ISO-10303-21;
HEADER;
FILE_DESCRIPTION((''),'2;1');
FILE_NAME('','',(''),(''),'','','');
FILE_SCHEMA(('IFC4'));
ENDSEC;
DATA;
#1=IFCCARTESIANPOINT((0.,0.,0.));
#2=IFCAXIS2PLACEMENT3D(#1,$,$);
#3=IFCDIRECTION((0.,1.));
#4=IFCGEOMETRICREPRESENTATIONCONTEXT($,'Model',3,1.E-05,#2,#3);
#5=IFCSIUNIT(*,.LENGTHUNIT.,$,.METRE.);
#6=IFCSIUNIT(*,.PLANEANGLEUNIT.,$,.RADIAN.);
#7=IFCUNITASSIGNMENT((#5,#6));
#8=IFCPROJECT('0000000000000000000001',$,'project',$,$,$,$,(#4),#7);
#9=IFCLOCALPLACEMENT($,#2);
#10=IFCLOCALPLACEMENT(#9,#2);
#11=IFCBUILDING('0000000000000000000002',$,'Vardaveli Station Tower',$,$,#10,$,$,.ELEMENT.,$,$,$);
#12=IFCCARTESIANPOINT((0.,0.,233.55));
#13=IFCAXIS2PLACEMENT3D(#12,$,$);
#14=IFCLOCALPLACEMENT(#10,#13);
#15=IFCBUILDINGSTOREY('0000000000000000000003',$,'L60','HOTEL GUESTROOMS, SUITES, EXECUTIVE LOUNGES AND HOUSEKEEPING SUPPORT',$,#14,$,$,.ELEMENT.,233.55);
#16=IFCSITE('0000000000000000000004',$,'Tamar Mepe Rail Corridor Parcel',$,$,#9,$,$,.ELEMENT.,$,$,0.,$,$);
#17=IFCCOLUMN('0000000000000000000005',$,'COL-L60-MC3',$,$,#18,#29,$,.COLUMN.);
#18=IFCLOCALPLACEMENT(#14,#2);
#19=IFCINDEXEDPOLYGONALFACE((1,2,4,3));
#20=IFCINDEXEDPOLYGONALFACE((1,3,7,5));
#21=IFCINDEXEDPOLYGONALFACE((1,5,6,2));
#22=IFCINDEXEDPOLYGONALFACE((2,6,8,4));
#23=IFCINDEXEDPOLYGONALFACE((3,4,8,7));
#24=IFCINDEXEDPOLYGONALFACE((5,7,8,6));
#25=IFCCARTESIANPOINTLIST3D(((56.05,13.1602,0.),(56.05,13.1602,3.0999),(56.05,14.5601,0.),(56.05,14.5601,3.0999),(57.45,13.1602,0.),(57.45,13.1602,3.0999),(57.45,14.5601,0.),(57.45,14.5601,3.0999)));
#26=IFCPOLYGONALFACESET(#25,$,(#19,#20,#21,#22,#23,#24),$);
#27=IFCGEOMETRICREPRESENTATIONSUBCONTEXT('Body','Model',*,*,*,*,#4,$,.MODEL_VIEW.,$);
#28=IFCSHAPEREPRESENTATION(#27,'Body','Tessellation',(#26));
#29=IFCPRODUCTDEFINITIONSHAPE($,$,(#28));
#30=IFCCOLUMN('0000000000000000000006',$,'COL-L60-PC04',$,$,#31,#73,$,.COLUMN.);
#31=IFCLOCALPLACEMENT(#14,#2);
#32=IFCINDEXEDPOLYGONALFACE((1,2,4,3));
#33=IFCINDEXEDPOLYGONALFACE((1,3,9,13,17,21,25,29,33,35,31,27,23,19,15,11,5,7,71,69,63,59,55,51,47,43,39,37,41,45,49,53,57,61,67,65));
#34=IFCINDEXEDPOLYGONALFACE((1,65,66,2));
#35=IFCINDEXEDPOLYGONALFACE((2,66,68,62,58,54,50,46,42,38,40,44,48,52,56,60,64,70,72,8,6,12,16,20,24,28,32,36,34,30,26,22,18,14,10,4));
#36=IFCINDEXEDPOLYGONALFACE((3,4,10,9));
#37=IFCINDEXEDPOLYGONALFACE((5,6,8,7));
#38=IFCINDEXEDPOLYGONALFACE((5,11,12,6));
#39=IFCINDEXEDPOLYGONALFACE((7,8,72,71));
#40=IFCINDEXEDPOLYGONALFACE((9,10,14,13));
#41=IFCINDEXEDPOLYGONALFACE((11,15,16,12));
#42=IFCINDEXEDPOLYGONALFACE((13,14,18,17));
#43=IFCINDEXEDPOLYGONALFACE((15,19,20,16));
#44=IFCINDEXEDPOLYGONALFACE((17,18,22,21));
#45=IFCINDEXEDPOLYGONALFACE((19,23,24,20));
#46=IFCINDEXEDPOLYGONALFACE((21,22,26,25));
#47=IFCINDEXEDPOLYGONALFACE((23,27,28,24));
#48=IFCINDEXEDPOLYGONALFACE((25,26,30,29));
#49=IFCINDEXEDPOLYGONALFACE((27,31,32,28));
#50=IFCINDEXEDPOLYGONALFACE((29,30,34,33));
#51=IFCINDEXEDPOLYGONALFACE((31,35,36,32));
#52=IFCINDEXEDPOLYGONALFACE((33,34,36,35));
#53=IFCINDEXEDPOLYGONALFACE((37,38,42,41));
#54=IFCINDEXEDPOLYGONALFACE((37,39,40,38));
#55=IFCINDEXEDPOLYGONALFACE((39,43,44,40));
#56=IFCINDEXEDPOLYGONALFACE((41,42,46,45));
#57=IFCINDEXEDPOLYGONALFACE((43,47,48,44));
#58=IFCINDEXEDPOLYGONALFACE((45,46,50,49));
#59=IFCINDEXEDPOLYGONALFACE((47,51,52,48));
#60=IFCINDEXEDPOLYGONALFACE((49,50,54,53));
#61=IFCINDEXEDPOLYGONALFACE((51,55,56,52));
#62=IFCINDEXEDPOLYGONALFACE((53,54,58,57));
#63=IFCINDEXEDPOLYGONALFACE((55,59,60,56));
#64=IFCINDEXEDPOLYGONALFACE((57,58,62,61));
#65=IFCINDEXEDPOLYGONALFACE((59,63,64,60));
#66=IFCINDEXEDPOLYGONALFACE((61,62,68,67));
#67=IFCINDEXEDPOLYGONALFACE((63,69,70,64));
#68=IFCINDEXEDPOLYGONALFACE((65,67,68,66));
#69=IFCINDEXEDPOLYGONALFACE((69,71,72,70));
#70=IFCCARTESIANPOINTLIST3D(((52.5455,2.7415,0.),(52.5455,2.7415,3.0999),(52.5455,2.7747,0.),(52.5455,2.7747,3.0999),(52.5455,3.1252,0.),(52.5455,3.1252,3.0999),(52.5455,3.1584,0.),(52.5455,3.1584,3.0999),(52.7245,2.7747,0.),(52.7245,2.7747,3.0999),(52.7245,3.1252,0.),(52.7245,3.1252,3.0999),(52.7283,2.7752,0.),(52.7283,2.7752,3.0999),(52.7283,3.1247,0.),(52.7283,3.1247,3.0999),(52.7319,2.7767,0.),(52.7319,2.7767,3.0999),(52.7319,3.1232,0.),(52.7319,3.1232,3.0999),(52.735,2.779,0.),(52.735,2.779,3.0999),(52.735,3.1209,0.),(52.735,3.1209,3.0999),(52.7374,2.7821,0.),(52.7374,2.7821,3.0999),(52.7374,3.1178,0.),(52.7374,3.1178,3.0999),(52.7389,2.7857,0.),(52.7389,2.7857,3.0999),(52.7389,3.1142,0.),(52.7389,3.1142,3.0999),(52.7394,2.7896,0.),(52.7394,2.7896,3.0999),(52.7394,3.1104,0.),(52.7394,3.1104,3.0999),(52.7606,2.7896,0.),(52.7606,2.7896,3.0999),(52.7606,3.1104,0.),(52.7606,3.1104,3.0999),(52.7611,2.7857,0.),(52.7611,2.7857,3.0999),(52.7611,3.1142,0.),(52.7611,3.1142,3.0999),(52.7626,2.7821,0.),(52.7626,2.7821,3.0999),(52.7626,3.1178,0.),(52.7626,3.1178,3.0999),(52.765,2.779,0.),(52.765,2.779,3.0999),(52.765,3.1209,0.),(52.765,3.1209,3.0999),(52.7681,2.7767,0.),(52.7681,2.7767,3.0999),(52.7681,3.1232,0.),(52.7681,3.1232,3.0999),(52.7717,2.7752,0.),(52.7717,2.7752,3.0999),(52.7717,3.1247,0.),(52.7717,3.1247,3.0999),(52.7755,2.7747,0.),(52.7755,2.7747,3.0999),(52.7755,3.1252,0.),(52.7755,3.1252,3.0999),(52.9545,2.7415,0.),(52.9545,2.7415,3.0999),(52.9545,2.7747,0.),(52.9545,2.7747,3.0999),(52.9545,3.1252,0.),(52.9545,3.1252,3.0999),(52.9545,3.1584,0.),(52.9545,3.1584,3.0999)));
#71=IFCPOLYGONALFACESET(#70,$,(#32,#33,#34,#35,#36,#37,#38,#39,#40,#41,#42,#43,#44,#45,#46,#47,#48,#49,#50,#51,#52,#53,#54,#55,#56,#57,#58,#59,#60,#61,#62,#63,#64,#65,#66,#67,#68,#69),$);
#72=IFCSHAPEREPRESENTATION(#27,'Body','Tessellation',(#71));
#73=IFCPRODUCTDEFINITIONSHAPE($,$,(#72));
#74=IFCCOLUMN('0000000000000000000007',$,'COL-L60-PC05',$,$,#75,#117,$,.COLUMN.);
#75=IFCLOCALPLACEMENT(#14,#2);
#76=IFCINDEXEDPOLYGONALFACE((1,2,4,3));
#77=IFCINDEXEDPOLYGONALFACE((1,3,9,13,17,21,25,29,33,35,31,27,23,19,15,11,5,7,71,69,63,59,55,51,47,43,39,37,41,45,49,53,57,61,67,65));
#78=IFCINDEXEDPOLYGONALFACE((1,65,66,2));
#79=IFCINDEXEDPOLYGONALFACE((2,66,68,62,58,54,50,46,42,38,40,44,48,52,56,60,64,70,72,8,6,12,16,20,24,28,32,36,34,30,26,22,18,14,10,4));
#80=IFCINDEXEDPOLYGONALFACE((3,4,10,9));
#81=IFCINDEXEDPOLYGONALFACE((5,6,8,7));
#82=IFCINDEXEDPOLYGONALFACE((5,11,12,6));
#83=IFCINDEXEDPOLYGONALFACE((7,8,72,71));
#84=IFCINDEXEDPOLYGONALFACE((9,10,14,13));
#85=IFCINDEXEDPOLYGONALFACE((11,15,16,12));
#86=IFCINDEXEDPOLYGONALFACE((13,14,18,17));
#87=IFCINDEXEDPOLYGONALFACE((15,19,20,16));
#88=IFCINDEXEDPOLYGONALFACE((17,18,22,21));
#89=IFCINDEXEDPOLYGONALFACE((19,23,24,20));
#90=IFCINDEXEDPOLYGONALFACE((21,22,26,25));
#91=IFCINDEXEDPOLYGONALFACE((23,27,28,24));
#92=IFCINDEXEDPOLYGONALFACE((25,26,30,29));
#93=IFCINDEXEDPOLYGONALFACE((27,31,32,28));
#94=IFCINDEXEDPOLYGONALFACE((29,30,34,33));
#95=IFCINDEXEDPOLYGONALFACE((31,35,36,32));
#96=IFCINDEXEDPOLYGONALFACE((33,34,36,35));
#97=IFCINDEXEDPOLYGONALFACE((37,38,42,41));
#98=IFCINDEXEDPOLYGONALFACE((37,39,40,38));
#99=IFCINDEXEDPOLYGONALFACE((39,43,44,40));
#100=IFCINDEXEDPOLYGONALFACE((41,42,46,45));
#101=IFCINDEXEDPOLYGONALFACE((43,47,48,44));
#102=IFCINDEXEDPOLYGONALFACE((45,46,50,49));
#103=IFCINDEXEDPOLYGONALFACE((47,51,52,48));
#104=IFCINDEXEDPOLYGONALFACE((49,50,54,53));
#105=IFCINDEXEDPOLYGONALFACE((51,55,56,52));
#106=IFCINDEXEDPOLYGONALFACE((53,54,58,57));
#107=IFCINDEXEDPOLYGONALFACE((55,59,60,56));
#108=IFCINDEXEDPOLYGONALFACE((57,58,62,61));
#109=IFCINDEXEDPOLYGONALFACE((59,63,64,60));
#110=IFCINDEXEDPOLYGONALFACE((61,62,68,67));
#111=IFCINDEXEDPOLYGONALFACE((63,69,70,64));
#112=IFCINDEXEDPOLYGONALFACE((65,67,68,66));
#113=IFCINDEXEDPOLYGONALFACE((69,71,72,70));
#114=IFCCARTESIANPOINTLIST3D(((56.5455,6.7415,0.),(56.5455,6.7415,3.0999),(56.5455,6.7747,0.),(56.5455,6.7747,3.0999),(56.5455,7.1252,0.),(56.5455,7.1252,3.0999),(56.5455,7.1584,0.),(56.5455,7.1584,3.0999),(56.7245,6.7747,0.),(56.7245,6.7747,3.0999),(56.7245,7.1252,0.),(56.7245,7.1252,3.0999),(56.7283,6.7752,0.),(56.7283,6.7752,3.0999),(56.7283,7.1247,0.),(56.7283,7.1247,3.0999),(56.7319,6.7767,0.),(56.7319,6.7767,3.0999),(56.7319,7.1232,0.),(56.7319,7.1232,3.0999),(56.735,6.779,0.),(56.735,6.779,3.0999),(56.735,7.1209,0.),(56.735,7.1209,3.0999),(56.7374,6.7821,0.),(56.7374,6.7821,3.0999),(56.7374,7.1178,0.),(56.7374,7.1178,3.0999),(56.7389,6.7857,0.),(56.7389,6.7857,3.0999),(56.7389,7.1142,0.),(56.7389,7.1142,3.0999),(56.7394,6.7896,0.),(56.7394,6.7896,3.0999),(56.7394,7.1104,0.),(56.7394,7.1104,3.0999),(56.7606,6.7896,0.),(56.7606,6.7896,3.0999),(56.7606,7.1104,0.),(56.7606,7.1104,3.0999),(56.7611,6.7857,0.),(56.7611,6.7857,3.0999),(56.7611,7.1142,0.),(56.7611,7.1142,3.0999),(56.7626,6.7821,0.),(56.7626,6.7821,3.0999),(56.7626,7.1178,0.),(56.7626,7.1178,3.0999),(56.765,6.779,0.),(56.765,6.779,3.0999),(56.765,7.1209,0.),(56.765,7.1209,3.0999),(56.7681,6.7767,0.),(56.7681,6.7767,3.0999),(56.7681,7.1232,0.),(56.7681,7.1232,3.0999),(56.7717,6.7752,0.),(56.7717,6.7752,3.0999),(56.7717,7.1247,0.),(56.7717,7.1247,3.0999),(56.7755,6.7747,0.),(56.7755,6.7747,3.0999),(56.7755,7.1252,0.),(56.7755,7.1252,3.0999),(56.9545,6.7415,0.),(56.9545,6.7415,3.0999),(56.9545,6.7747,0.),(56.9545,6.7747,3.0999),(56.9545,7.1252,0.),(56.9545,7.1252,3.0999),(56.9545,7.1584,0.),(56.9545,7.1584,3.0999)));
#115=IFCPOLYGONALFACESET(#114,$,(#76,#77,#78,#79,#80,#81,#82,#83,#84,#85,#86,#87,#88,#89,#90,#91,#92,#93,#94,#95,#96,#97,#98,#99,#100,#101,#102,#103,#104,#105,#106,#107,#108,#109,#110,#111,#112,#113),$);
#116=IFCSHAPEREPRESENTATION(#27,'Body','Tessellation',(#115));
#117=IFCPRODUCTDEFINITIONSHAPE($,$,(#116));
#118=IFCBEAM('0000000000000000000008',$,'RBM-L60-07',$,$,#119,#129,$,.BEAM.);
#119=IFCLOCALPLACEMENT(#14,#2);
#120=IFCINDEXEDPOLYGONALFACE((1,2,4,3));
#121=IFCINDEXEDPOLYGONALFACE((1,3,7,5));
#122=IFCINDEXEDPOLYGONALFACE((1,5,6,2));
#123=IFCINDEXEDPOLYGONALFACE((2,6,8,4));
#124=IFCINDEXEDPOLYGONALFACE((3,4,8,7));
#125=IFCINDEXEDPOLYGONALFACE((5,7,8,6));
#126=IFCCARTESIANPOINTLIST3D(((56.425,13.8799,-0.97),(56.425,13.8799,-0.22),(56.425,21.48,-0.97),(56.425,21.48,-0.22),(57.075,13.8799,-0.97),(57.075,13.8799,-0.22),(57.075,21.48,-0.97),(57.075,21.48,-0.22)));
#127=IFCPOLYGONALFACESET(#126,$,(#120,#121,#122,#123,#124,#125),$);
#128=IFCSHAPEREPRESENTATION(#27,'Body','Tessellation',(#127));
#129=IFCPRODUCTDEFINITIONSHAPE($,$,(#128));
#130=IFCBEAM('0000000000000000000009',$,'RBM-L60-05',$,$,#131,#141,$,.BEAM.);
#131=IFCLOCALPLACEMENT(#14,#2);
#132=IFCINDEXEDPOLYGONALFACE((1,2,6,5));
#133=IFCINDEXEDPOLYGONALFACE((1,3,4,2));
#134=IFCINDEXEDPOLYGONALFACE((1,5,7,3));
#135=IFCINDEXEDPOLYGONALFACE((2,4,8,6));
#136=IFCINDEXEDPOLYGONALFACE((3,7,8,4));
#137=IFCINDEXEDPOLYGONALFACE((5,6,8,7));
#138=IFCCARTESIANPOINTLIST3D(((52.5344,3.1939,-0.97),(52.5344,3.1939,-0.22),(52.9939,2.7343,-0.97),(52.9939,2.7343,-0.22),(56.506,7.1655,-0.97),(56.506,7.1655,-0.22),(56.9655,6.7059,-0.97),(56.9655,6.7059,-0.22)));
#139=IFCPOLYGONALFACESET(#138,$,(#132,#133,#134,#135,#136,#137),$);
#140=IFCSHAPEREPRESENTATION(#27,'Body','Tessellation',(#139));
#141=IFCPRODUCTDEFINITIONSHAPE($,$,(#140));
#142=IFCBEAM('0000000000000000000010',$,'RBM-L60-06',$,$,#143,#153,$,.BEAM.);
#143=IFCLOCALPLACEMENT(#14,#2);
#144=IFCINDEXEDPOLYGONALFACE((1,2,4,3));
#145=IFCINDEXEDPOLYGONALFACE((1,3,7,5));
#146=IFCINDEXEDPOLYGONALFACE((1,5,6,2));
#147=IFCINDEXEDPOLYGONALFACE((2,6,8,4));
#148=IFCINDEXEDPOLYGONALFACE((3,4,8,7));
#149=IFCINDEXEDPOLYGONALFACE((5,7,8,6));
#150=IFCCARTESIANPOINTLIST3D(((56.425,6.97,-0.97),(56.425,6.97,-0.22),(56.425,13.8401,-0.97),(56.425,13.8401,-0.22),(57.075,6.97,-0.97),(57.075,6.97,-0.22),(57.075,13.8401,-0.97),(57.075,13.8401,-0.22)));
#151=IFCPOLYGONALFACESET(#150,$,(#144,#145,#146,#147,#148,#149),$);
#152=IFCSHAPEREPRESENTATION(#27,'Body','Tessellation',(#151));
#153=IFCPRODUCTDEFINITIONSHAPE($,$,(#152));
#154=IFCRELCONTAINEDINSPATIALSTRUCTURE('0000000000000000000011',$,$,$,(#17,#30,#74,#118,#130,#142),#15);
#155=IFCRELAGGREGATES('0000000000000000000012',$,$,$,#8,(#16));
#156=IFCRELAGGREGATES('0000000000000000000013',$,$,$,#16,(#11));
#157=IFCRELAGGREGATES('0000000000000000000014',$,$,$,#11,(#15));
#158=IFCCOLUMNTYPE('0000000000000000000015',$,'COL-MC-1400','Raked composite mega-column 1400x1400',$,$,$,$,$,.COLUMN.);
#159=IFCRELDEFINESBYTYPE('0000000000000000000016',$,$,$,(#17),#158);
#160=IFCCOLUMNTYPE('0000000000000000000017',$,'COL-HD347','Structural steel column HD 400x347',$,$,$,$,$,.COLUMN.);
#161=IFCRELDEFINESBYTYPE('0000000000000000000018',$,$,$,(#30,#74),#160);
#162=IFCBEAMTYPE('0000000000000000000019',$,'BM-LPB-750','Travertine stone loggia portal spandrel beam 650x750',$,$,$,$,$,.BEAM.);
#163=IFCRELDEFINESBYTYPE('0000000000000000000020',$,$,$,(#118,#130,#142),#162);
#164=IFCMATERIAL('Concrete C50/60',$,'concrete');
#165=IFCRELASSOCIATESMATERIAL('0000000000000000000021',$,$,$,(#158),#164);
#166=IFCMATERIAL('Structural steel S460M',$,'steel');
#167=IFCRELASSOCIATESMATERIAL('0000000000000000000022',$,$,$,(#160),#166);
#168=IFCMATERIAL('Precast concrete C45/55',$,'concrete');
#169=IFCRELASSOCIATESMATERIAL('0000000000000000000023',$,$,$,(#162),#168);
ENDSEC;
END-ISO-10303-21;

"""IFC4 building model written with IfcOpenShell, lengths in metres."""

from ifc_helpers import new_model, si_unit, direction, frame, origin, origin_2d, place, context, subcontext, project, spatial, rectangle, i_section, extrude, source, transform, mapped, material, material_profile, profile_set, type_object, element, save


model = new_model("IFC4")

# Units and contexts
model_context = context("Model", 3, precision=1e-05, world=origin(), true_north=direction((0.0, 1.0)))
body_context = subcontext(model_context, "Body", "Model", "MODEL_VIEW")
ifc_project = project(units=[si_unit("LENGTHUNIT", "METRE"), si_unit("PLANEANGLEUNIT", "RADIAN")], contexts=[model_context])

# Site, building, storey
site_placement = place(None, origin())
site = spatial("IfcSite", under=ifc_project, at=site_placement, Name="Tamar Mepe Rail Corridor Parcel", CompositionType="ELEMENT", RefElevation=0.0)
building_placement = place(site_placement, origin())
building = spatial("IfcBuilding", under=site, at=building_placement, Name="Vardaveli Station Tower", CompositionType="ELEMENT")
storey_placement = place(building_placement, frame((0.0, 0.0, 233.55)))
storey = spatial("IfcBuildingStorey", under=building, at=storey_placement, Name="L60", Description="HOTEL GUESTROOMS, SUITES, EXECUTIVE LOUNGES AND HOUSEKEEPING SUPPORT", CompositionType="ELEMENT", Elevation=233.55)

# Columns
ifc_material_1 = material(Name="Concrete C50/60", Category="concrete")
ifc_material_profile_1 = material_profile(ifc_material_1, rectangle(XDim=1.3999, YDim=1.3999, at=origin_2d()), Name="MC 1400x1400")
ifc_profile_set_1 = profile_set([ifc_material_profile_1], Name="Concrete C50/60")
column_type_1 = type_object("IfcColumnType", Name="COL-MC-1400", Description="Raked composite mega-column 1400x1400", PredefinedType="COLUMN", material=ifc_profile_set_1)
shared_shape_1 = source(origin(), body_context, "Body", "SweptSolid", [
    extrude(rectangle(XDim=1.3999, YDim=1.3999, at=origin_2d()), origin(), (0.0, 0.0, 1.0), 3.0999),
])
column_placement = place(storey_placement, frame((56.75, 13.8601, 0.0), z_axis=(0.0, 0.0, 1.0), x_axis=(1.0, 0.0, 0.0)))
element("IfcColumn", 1, at=column_placement, inside=storey, type_object=column_type_1, Name="COL-L60-MC3", PredefinedType="COLUMN", context=body_context, shape_type="MappedRepresentation", body=[
    mapped(shared_shape_1, transform((0.0, 0.0, 0.0), scale=1.0)),
])
ifc_material_2 = material(Name="Structural steel S460M", Category="steel")
ifc_material_profile_2 = material_profile(ifc_material_2, i_section(OverallWidth=0.4089, OverallDepth=0.417, WebThickness=0.0212, FlangeThickness=0.0332, FilletRadius=0.0149, at=origin_2d()), Name="HD 400x347")
ifc_profile_set_2 = profile_set([ifc_material_profile_2], Name="Structural steel S460M")
column_type_2 = type_object("IfcColumnType", Name="COL-HD347", Description="Structural steel column HD 400x347", PredefinedType="COLUMN", material=ifc_profile_set_2)
shared_shape_2 = source(origin(), body_context, "Body", "SweptSolid", [
    extrude(i_section(OverallWidth=0.4089, OverallDepth=0.417, WebThickness=0.0212, FlangeThickness=0.0332, FilletRadius=0.0149, at=origin_2d()), origin(), (0.0, 0.0, 1.0), 3.0999),
])
for number, where, z_axis, x_axis, name in (
    (2, (52.75, 2.95, 0.0), (0.0, 0.0, 1.0), (1.0, 0.0, 0.0), "COL-L60-PC04"),
    (3, (56.75, 6.95, 0.0), (0.0, 0.0, 1.0), (1.0, 0.0, 0.0), "COL-L60-PC05"),
):
    element("IfcColumn", number, at=place(storey_placement, frame(where, z_axis=z_axis, x_axis=x_axis)), inside=storey, type_object=column_type_2, Name=name, PredefinedType="COLUMN", context=body_context, shape_type="MappedRepresentation", body=[
        mapped(shared_shape_2, transform((0.0, 0.0, 0.0), scale=1.0)),
    ])

# Beams
ifc_material_3 = material(Name="Precast concrete C45/55", Category="concrete")
ifc_material_profile_3 = material_profile(ifc_material_3, rectangle(XDim=0.6499, YDim=0.75, at=origin_2d()), Name="LPB 650x750")
ifc_profile_set_3 = profile_set([ifc_material_profile_3], Name="Precast concrete C45/55")
beam_type_1 = type_object("IfcBeamType", Name="BM-LPB-750", Description="Travertine stone loggia portal spandrel beam 650x750", PredefinedType="BEAM", material=ifc_profile_set_3)
shared_shape_3 = source(origin(), body_context, "Body", "SweptSolid", [
    extrude(rectangle(XDim=0.6499, YDim=0.75, at=origin_2d()), origin(), (0.0, 0.0, 1.0), 7.6001),
])
beam_1_placement = place(storey_placement, frame((56.75, 13.8799, -0.595), z_axis=(0.0, 1.0, 0.0), x_axis=(-1.0, 0.0, 0.0)))
element("IfcBeam", 4, at=beam_1_placement, inside=storey, type_object=beam_type_1, Name="RBM-L60-07", PredefinedType="BEAM", context=body_context, shape_type="MappedRepresentation", body=[
    mapped(shared_shape_3, transform((0.0, 0.0, 0.0), scale=1.0)),
])
shared_shape_4 = source(origin(), body_context, "Body", "SweptSolid", [
    extrude(rectangle(XDim=0.6499, YDim=0.75, at=origin_2d()), origin(), (0.0, 0.0, 1.0), 5.6167),
])
beam_2_placement = place(storey_placement, frame((52.7642, 2.9641, -0.595), z_axis=(0.707107, 0.707107, 0.0), x_axis=(-0.707107, 0.707107, 0.0)))
element("IfcBeam", 5, at=beam_2_placement, inside=storey, type_object=beam_type_1, Name="RBM-L60-05", PredefinedType="BEAM", context=body_context, shape_type="MappedRepresentation", body=[
    mapped(shared_shape_4, transform((0.0, 0.0, 0.0), scale=1.0)),
])
shared_shape_5 = source(origin(), body_context, "Body", "SweptSolid", [
    extrude(rectangle(XDim=0.6499, YDim=0.75, at=origin_2d()), origin(), (0.0, 0.0, 1.0), 6.8701),
])
beam_3_placement = place(storey_placement, frame((56.75, 6.97, -0.595), z_axis=(0.0, 1.0, 0.0), x_axis=(-1.0, 0.0, 0.0)))
element("IfcBeam", 6, at=beam_3_placement, inside=storey, type_object=beam_type_1, Name="RBM-L60-06", PredefinedType="BEAM", context=body_context, shape_type="MappedRepresentation", body=[
    mapped(shared_shape_5, transform((0.0, 0.0, 0.0), scale=1.0)),
])

save(model, "model.ifc")
